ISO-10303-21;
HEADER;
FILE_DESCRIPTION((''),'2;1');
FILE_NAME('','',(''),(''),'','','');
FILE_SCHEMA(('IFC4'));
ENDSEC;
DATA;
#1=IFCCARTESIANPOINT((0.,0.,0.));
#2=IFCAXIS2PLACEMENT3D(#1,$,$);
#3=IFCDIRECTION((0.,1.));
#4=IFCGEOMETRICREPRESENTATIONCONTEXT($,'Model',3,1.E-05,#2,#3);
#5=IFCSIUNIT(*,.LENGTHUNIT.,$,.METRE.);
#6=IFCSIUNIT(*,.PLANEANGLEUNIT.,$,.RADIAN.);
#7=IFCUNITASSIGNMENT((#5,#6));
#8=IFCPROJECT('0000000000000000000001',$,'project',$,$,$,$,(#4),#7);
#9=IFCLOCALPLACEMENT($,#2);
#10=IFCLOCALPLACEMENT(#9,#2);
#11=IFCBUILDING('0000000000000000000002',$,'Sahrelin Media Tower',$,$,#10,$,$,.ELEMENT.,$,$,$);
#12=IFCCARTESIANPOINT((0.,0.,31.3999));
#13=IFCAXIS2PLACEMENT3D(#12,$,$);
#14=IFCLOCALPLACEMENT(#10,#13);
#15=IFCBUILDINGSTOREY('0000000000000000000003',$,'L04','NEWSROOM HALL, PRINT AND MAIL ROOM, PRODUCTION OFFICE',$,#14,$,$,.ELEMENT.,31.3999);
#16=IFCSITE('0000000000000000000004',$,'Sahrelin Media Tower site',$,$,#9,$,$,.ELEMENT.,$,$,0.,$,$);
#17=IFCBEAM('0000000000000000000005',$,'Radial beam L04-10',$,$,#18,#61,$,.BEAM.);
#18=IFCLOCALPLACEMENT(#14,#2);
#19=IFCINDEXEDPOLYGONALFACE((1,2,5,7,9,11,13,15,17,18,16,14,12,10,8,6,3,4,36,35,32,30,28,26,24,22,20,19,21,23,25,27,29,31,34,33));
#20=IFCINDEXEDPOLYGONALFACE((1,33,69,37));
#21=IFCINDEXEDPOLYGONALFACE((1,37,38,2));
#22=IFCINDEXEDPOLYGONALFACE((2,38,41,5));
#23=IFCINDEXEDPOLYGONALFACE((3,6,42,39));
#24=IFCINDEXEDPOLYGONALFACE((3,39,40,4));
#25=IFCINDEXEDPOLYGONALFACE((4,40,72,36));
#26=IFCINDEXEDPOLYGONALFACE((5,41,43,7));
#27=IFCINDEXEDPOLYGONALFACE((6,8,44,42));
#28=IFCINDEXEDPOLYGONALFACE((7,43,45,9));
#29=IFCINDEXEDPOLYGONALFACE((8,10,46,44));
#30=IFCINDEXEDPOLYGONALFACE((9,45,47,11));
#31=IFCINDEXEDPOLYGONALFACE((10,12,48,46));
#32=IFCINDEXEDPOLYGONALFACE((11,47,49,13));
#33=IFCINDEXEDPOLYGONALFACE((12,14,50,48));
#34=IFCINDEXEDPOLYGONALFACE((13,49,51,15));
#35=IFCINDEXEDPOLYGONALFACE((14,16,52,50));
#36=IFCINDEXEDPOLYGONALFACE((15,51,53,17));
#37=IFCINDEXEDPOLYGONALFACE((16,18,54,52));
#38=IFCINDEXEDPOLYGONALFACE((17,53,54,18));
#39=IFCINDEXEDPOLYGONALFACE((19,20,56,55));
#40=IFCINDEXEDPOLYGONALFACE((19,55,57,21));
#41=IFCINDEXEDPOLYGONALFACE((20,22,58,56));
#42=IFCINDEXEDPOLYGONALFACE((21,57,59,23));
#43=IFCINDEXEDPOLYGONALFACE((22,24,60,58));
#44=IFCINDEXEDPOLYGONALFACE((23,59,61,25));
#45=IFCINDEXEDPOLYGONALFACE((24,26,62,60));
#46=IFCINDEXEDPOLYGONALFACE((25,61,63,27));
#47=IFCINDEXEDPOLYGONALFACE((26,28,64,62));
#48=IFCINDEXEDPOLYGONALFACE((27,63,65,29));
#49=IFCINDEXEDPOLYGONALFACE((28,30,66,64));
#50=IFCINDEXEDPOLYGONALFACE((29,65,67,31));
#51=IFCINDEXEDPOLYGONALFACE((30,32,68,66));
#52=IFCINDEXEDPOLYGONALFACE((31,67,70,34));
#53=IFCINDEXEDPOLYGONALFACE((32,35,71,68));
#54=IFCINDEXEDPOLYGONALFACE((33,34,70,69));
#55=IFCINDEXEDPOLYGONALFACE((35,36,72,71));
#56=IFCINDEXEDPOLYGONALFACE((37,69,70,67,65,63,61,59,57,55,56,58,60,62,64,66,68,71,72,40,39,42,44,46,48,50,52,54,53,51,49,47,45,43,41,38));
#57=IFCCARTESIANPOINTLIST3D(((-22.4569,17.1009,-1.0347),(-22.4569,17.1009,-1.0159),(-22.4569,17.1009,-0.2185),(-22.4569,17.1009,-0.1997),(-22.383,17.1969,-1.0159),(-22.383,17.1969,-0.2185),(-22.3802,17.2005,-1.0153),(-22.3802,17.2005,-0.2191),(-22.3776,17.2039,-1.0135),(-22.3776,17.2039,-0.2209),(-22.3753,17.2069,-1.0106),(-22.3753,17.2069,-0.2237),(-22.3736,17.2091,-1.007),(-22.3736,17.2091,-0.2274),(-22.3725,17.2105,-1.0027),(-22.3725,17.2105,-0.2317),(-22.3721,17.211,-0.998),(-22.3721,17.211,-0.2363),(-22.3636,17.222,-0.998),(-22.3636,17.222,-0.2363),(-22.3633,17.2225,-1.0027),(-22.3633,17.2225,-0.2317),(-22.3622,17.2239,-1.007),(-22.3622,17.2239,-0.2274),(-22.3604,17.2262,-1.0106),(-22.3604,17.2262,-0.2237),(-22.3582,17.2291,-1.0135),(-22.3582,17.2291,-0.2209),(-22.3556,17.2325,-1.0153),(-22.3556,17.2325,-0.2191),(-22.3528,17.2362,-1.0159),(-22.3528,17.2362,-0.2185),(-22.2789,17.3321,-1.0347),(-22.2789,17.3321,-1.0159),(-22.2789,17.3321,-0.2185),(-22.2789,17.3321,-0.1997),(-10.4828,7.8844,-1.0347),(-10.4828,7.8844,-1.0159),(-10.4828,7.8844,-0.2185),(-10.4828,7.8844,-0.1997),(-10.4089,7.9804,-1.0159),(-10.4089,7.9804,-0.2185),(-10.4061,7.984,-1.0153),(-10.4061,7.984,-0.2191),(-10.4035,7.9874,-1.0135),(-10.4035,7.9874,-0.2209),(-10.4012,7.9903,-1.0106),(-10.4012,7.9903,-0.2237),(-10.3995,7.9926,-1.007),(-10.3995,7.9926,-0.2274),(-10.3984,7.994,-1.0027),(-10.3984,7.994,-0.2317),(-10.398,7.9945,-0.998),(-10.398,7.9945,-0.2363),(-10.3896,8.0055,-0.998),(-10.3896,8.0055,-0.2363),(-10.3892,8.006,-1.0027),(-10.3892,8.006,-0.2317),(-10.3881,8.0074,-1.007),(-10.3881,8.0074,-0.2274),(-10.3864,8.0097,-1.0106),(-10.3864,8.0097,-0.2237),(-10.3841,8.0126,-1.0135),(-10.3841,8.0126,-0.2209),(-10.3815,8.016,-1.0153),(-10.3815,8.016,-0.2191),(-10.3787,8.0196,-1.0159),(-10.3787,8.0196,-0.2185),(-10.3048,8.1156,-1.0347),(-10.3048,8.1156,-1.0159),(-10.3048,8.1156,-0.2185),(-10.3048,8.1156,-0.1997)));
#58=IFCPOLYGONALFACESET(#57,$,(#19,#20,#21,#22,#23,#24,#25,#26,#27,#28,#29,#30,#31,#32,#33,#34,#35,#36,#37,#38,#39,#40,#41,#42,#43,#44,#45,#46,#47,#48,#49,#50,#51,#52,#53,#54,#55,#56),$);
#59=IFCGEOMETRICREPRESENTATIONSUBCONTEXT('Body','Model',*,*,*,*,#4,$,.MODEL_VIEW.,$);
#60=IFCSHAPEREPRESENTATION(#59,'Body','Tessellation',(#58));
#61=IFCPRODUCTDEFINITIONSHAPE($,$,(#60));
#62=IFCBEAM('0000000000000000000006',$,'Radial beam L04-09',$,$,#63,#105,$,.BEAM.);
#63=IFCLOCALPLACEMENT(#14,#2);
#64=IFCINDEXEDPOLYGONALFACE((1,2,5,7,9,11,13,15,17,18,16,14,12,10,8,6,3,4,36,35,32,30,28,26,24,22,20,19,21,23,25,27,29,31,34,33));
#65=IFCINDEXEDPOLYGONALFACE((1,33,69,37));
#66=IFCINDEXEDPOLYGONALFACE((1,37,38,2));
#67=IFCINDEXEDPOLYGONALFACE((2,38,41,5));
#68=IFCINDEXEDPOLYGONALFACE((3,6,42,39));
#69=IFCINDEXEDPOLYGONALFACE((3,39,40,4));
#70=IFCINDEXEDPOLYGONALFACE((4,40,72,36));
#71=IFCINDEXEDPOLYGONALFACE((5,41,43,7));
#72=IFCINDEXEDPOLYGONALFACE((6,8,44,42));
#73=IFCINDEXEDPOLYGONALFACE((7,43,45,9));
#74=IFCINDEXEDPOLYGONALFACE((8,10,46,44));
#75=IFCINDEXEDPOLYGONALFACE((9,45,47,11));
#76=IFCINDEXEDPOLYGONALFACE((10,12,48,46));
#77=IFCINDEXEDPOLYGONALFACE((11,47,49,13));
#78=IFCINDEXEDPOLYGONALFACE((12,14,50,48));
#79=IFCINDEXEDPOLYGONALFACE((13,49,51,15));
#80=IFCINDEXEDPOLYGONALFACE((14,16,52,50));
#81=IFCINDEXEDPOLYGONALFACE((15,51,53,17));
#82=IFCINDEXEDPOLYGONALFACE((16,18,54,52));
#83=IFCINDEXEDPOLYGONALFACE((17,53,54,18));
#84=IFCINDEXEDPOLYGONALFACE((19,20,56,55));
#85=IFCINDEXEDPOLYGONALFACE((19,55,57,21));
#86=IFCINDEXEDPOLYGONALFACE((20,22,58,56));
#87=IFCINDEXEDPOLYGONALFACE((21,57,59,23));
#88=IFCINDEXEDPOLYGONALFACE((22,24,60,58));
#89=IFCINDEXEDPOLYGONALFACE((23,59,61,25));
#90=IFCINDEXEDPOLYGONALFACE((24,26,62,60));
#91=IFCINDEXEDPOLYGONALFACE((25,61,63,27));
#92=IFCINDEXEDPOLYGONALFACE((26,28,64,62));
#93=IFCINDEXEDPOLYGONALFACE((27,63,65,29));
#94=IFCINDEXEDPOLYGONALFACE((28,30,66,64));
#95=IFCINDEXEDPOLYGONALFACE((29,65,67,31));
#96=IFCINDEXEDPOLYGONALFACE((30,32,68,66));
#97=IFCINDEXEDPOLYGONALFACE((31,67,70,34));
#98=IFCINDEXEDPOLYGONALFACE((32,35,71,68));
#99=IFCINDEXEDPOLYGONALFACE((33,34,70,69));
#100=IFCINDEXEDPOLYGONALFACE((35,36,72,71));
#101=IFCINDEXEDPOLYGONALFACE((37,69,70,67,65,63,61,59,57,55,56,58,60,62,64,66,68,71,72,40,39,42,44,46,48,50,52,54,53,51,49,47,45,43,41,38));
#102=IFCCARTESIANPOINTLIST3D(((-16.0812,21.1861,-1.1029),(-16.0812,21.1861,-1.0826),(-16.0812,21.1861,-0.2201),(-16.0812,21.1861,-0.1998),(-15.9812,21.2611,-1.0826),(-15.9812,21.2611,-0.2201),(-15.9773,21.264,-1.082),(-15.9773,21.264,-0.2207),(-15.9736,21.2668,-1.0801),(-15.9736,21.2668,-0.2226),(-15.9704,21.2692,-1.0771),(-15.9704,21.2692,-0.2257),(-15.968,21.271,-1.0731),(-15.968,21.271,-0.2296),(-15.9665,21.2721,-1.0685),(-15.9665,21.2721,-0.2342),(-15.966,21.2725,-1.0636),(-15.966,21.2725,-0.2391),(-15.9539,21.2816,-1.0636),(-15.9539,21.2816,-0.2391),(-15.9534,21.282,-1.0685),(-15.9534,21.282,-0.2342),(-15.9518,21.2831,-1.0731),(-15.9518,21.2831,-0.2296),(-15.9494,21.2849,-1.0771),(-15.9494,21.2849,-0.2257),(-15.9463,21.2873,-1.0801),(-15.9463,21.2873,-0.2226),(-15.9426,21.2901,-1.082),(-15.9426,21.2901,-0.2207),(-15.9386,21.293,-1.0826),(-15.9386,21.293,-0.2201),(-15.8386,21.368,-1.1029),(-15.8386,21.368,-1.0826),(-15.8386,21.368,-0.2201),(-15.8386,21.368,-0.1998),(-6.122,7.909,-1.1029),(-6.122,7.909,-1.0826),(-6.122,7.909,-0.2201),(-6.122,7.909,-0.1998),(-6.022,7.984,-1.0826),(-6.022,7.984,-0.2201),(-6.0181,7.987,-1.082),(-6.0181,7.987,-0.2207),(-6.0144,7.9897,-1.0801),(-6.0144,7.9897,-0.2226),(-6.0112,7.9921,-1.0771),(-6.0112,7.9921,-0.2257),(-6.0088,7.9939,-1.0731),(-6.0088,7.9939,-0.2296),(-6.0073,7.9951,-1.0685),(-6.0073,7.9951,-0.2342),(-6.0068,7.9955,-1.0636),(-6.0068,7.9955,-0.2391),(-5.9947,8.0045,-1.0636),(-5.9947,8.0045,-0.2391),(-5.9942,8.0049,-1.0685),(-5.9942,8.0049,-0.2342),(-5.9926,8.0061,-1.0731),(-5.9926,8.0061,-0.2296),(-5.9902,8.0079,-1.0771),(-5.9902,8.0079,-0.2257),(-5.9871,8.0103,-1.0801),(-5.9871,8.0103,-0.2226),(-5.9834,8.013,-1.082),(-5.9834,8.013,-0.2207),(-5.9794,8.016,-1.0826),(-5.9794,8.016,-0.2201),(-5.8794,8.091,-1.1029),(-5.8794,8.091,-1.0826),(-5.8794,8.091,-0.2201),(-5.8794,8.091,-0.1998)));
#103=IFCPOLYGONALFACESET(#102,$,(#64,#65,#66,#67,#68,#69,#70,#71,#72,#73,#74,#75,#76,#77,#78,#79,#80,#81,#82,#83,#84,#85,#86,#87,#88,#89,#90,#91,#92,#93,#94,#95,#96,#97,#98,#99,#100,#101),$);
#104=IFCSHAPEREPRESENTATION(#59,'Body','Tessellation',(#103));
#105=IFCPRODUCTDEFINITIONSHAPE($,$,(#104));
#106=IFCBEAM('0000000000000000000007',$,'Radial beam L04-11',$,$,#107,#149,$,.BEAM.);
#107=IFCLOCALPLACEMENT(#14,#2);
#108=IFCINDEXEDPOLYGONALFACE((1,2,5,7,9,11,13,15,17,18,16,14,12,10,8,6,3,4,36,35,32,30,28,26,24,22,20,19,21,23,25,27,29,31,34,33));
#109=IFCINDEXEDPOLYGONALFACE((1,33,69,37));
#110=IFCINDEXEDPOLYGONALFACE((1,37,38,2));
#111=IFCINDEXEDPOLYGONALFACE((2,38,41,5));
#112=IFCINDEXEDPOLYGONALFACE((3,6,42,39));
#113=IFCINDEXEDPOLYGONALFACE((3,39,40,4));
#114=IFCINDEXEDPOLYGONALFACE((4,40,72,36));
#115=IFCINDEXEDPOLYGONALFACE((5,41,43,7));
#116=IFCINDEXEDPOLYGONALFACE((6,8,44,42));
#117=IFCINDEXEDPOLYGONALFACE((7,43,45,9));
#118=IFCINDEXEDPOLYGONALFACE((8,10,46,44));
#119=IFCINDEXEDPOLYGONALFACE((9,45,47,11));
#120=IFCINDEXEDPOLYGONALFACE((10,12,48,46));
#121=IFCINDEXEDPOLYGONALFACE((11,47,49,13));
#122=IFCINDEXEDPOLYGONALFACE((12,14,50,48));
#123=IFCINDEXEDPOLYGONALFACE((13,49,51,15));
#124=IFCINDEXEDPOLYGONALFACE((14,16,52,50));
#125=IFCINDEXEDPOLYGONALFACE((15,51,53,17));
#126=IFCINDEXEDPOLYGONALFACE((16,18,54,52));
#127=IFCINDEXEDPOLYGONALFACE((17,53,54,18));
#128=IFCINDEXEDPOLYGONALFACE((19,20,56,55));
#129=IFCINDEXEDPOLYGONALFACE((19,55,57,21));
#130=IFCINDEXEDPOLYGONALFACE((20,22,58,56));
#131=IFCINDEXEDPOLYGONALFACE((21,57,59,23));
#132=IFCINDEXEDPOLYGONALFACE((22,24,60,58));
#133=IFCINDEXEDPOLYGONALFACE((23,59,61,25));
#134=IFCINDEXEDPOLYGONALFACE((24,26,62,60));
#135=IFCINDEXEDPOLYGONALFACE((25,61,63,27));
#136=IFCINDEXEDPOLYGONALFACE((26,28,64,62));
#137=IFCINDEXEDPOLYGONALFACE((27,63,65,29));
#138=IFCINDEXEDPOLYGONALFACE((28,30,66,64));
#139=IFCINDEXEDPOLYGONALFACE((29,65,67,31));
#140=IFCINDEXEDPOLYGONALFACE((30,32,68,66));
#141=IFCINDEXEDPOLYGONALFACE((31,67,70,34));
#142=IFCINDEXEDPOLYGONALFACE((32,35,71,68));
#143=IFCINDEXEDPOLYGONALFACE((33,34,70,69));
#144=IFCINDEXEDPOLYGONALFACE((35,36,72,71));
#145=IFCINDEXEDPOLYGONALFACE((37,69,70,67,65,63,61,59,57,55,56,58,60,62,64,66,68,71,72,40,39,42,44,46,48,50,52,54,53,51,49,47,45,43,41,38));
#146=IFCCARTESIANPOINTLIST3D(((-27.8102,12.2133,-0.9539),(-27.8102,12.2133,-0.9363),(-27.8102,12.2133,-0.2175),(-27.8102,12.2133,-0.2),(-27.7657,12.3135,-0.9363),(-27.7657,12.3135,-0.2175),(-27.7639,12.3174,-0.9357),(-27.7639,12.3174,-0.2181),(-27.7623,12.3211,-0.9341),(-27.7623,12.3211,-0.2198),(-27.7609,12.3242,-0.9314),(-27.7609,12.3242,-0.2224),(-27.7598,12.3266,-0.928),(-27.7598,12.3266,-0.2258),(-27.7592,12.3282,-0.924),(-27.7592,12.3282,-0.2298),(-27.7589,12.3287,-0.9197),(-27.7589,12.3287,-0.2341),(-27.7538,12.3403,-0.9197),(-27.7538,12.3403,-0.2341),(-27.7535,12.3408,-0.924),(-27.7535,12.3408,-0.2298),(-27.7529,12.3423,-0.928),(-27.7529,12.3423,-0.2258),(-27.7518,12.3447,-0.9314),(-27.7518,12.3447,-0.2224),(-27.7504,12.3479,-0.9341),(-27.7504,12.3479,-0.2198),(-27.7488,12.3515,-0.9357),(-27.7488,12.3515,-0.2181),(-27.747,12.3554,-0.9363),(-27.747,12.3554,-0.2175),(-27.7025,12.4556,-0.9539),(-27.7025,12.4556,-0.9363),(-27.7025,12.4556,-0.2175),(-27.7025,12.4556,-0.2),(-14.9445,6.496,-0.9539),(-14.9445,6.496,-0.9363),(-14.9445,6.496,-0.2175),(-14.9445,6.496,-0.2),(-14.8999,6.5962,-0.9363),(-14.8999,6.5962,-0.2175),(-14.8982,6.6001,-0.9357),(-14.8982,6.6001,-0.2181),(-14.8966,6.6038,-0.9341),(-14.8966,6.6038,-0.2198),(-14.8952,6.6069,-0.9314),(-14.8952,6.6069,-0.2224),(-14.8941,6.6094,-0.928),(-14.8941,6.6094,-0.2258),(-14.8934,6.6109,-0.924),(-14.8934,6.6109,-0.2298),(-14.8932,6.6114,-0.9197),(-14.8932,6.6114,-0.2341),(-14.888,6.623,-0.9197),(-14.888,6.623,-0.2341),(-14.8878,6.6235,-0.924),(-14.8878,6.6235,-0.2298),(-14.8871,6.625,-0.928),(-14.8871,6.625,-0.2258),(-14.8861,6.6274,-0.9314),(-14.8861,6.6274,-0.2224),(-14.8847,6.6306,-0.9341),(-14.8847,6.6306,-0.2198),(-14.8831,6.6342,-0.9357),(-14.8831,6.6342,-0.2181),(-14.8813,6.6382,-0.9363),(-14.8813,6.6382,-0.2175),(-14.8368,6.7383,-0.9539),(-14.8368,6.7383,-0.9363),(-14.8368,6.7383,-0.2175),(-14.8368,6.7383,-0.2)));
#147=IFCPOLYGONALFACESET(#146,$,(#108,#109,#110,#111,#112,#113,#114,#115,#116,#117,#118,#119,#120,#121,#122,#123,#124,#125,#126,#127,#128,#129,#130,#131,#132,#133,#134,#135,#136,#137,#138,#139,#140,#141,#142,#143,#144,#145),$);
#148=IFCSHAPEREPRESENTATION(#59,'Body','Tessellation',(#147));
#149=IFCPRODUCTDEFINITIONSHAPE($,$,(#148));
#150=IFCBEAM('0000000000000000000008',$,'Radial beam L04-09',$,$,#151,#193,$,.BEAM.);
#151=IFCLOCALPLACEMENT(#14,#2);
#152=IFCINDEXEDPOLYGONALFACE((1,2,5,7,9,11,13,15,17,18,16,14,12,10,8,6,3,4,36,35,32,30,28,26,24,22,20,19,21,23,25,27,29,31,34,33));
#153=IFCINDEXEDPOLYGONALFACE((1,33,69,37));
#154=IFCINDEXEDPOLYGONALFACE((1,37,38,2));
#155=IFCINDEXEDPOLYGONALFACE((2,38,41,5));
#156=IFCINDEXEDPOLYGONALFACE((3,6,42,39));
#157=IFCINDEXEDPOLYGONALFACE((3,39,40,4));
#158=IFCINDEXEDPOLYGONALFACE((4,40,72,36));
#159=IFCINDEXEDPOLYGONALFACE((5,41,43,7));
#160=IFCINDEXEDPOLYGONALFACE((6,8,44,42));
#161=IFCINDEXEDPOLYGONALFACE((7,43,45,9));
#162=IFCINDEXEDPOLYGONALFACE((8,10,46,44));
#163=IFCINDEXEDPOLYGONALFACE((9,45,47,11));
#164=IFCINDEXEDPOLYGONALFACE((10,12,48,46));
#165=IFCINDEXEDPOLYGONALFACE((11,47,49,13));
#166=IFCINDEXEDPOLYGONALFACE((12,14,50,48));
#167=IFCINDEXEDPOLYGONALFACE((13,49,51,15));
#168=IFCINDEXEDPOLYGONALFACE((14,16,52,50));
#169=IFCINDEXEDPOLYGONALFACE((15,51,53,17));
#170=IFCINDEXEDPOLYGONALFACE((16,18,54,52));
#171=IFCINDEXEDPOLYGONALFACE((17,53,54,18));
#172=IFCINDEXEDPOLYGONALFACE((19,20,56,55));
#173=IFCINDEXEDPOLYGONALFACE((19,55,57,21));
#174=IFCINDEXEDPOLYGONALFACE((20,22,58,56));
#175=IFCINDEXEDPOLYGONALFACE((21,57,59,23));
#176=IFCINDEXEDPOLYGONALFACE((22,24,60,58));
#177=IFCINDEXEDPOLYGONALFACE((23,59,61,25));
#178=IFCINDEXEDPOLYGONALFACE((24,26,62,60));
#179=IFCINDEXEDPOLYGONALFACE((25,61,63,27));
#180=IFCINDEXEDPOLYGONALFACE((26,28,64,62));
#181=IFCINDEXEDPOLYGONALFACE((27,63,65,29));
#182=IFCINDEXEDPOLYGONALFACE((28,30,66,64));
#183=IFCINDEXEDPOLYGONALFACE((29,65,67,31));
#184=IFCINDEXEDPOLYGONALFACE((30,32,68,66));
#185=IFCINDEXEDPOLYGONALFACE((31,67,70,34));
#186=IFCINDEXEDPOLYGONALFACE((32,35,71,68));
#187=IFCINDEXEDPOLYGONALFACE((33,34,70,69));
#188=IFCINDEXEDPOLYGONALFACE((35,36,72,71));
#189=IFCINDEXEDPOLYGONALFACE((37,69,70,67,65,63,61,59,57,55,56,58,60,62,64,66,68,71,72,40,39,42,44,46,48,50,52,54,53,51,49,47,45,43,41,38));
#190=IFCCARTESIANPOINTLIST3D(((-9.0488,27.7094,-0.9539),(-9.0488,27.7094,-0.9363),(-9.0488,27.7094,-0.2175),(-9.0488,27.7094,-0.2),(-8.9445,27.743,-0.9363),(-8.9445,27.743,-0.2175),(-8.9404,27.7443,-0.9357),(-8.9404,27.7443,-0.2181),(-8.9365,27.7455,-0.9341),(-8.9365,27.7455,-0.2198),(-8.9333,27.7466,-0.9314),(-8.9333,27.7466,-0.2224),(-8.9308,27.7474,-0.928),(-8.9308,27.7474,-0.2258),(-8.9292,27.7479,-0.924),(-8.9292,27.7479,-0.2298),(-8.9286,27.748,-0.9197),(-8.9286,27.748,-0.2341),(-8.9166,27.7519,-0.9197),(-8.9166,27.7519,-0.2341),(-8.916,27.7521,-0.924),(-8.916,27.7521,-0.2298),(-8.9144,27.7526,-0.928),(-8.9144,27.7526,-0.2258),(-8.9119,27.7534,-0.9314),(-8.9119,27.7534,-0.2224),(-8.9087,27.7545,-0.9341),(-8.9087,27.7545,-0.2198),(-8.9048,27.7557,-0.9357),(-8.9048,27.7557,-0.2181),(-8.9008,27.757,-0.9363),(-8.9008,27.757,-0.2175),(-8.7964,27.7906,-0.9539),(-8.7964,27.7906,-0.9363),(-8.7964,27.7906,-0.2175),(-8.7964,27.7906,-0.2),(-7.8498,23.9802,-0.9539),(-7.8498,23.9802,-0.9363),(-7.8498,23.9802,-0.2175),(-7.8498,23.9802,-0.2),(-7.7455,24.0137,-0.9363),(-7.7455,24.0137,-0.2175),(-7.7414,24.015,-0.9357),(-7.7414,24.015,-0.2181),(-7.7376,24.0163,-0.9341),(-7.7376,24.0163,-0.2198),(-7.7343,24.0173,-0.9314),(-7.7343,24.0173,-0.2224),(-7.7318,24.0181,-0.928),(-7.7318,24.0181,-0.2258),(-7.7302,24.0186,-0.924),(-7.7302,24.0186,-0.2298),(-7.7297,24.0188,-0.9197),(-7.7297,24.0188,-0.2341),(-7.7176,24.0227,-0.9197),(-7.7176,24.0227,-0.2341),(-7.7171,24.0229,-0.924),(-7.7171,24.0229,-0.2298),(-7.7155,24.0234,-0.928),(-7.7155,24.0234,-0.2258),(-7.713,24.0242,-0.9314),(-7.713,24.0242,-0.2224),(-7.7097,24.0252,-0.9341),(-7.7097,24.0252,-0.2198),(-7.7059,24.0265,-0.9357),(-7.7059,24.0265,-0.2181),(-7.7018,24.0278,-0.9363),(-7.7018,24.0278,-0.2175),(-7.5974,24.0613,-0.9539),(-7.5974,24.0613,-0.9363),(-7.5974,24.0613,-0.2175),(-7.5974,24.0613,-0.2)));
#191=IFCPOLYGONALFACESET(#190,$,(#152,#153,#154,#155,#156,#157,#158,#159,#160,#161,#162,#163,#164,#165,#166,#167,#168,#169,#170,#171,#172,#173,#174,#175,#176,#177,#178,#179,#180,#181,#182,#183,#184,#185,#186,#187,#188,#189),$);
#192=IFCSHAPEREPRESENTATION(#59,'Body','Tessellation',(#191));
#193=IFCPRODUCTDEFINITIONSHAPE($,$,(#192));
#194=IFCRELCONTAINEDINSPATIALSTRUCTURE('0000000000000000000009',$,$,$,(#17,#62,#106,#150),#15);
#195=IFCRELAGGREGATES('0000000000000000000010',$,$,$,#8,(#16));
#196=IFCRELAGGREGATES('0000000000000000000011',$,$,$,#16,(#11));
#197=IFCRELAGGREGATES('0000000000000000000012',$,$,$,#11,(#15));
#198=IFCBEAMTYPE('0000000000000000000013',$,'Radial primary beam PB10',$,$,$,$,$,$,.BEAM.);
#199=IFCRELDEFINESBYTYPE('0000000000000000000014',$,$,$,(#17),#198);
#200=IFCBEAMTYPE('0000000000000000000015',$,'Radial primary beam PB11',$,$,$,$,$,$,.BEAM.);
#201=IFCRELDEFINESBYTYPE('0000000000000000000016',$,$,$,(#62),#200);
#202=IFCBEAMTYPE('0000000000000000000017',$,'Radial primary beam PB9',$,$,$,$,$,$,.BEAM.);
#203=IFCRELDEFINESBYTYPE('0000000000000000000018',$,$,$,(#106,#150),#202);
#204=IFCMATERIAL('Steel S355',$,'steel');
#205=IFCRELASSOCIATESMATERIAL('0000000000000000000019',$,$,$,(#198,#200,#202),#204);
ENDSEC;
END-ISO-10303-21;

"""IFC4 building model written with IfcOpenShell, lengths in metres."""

from ifc_helpers import new_model, si_unit, direction, frame, origin, origin_2d, place, context, subcontext, project, spatial, i_section, extrude, material, material_profile, profile_set, type_object, element, save


model = new_model("IFC4")

# Units and contexts
model_context = context("Model", 3, precision=1e-05, world=origin(), true_north=direction((0.0, 1.0)))
body_context = subcontext(model_context, "Body", "Model", "MODEL_VIEW")
ifc_project = project(units=[si_unit("LENGTHUNIT", "METRE"), si_unit("PLANEANGLEUNIT", "RADIAN")], contexts=[model_context])

# Site, building, storey
site_placement = place(None, origin())
site = spatial("IfcSite", under=ifc_project, at=site_placement, Name="Sahrelin Media Tower site", CompositionType="ELEMENT", RefElevation=0.0)
building_placement = place(site_placement, origin())
building = spatial("IfcBuilding", under=site, at=building_placement, Name="Sahrelin Media Tower", CompositionType="ELEMENT")
storey_placement = place(building_placement, frame((0.0, 0.0, 31.3999)))
storey = spatial("IfcBuildingStorey", under=building, at=storey_placement, Name="L04", Description="NEWSROOM HALL, PRINT AND MAIL ROOM, PRODUCTION OFFICE", CompositionType="ELEMENT", Elevation=31.3999)

# Beams
ifc_material_1 = material(Name="Steel S355", Category="steel")
ifc_material_profile_1 = material_profile(ifc_material_1, i_section(OverallWidth=0.2917, OverallDepth=0.835, WebThickness=0.0139, FlangeThickness=0.0188, FilletRadius=0.0178, at=origin_2d()), Name="UB 838x292x176")
ifc_profile_set_1 = profile_set([ifc_material_profile_1], Name="Steel S355")
beam_type_1 = type_object("IfcBeamType", Name="Radial primary beam PB10", PredefinedType="BEAM", material=ifc_profile_set_1)
beam_1_placement = place(storey_placement, frame((-10.3938, 8.0, -0.6172), z_axis=(-0.792442, 0.609947, 0.0), x_axis=(-0.609947, -0.792442, 0.0)))
element("IfcBeam", 1, at=beam_1_placement, inside=storey, type_object=beam_type_1, Name="Radial beam L04-10", PredefinedType="BEAM", context=body_context, shape_type="SweptSolid", body=[
    extrude(i_section(OverallWidth=0.2917, OverallDepth=0.835, WebThickness=0.0139, FlangeThickness=0.0188, FilletRadius=0.0178, at=origin_2d()), origin(), (0.0, 0.0, 1.0), 15.1104),
])
ifc_material_profile_2 = material_profile(ifc_material_1, i_section(OverallWidth=0.3032, OverallDepth=0.9031, WebThickness=0.0151, FlangeThickness=0.0203, FilletRadius=0.019, at=origin_2d()), Name="UB 914x305x201")
ifc_profile_set_2 = profile_set([ifc_material_profile_2], Name="Steel S355")
beam_type_2 = type_object("IfcBeamType", Name="Radial primary beam PB11", PredefinedType="BEAM", material=ifc_profile_set_2)
beam_2_placement = place(storey_placement, frame((-6.0007, 8.0, -0.6514), z_axis=(-0.600054, 0.799959, 0.0), x_axis=(-0.799959, -0.600054, 0.0)))
element("IfcBeam", 2, at=beam_2_placement, inside=storey, type_object=beam_type_2, Name="Radial beam L04-09", PredefinedType="BEAM", context=body_context, shape_type="SweptSolid", body=[
    extrude(i_section(OverallWidth=0.3032, OverallDepth=0.9031, WebThickness=0.0151, FlangeThickness=0.0203, FilletRadius=0.019, at=origin_2d()), origin(), (0.0, 0.0, 1.0), 16.5972),
])
ifc_material_profile_3 = material_profile(ifc_material_1, i_section(OverallWidth=0.2651, OverallDepth=0.7539, WebThickness=0.0127, FlangeThickness=0.0176, FilletRadius=0.0166, at=origin_2d()), Name="UB 762x267x147")
ifc_profile_set_3 = profile_set([ifc_material_profile_3], Name="Steel S355")
beam_type_3 = type_object("IfcBeamType", Name="Radial primary beam PB9", PredefinedType="BEAM", material=ifc_profile_set_3)
beam_3_placement = place(storey_placement, frame((-14.8906, 6.6172, -0.5769), z_axis=(-0.913833, 0.40609, 0.0), x_axis=(-0.40609, -0.913833, 0.0)))
element("IfcBeam", 3, at=beam_3_placement, inside=storey, type_object=beam_type_3, Name="Radial beam L04-11", PredefinedType="BEAM", context=body_context, shape_type="SweptSolid", body=[
    extrude(i_section(OverallWidth=0.2651, OverallDepth=0.7539, WebThickness=0.0127, FlangeThickness=0.0176, FilletRadius=0.0166, at=origin_2d()), origin(), (0.0, 0.0, 1.0), 14.0789),
])
beam_4_placement = place(storey_placement, frame((-7.7236, 24.0208, -0.5769), z_axis=(-0.306076, 0.952007, 0.0), x_axis=(-0.952007, -0.306076, 0.0)))
element("IfcBeam", 4, at=beam_4_placement, inside=storey, type_object=beam_type_3, Name="Radial beam L04-09", PredefinedType="BEAM", context=body_context, shape_type="SweptSolid", body=[
    extrude(i_section(OverallWidth=0.2651, OverallDepth=0.7539, WebThickness=0.0127, FlangeThickness=0.0176, FilletRadius=0.0166, at=origin_2d()), origin(), (0.0, 0.0, 1.0), 3.9172),
])

save(model, "model.ifc")
